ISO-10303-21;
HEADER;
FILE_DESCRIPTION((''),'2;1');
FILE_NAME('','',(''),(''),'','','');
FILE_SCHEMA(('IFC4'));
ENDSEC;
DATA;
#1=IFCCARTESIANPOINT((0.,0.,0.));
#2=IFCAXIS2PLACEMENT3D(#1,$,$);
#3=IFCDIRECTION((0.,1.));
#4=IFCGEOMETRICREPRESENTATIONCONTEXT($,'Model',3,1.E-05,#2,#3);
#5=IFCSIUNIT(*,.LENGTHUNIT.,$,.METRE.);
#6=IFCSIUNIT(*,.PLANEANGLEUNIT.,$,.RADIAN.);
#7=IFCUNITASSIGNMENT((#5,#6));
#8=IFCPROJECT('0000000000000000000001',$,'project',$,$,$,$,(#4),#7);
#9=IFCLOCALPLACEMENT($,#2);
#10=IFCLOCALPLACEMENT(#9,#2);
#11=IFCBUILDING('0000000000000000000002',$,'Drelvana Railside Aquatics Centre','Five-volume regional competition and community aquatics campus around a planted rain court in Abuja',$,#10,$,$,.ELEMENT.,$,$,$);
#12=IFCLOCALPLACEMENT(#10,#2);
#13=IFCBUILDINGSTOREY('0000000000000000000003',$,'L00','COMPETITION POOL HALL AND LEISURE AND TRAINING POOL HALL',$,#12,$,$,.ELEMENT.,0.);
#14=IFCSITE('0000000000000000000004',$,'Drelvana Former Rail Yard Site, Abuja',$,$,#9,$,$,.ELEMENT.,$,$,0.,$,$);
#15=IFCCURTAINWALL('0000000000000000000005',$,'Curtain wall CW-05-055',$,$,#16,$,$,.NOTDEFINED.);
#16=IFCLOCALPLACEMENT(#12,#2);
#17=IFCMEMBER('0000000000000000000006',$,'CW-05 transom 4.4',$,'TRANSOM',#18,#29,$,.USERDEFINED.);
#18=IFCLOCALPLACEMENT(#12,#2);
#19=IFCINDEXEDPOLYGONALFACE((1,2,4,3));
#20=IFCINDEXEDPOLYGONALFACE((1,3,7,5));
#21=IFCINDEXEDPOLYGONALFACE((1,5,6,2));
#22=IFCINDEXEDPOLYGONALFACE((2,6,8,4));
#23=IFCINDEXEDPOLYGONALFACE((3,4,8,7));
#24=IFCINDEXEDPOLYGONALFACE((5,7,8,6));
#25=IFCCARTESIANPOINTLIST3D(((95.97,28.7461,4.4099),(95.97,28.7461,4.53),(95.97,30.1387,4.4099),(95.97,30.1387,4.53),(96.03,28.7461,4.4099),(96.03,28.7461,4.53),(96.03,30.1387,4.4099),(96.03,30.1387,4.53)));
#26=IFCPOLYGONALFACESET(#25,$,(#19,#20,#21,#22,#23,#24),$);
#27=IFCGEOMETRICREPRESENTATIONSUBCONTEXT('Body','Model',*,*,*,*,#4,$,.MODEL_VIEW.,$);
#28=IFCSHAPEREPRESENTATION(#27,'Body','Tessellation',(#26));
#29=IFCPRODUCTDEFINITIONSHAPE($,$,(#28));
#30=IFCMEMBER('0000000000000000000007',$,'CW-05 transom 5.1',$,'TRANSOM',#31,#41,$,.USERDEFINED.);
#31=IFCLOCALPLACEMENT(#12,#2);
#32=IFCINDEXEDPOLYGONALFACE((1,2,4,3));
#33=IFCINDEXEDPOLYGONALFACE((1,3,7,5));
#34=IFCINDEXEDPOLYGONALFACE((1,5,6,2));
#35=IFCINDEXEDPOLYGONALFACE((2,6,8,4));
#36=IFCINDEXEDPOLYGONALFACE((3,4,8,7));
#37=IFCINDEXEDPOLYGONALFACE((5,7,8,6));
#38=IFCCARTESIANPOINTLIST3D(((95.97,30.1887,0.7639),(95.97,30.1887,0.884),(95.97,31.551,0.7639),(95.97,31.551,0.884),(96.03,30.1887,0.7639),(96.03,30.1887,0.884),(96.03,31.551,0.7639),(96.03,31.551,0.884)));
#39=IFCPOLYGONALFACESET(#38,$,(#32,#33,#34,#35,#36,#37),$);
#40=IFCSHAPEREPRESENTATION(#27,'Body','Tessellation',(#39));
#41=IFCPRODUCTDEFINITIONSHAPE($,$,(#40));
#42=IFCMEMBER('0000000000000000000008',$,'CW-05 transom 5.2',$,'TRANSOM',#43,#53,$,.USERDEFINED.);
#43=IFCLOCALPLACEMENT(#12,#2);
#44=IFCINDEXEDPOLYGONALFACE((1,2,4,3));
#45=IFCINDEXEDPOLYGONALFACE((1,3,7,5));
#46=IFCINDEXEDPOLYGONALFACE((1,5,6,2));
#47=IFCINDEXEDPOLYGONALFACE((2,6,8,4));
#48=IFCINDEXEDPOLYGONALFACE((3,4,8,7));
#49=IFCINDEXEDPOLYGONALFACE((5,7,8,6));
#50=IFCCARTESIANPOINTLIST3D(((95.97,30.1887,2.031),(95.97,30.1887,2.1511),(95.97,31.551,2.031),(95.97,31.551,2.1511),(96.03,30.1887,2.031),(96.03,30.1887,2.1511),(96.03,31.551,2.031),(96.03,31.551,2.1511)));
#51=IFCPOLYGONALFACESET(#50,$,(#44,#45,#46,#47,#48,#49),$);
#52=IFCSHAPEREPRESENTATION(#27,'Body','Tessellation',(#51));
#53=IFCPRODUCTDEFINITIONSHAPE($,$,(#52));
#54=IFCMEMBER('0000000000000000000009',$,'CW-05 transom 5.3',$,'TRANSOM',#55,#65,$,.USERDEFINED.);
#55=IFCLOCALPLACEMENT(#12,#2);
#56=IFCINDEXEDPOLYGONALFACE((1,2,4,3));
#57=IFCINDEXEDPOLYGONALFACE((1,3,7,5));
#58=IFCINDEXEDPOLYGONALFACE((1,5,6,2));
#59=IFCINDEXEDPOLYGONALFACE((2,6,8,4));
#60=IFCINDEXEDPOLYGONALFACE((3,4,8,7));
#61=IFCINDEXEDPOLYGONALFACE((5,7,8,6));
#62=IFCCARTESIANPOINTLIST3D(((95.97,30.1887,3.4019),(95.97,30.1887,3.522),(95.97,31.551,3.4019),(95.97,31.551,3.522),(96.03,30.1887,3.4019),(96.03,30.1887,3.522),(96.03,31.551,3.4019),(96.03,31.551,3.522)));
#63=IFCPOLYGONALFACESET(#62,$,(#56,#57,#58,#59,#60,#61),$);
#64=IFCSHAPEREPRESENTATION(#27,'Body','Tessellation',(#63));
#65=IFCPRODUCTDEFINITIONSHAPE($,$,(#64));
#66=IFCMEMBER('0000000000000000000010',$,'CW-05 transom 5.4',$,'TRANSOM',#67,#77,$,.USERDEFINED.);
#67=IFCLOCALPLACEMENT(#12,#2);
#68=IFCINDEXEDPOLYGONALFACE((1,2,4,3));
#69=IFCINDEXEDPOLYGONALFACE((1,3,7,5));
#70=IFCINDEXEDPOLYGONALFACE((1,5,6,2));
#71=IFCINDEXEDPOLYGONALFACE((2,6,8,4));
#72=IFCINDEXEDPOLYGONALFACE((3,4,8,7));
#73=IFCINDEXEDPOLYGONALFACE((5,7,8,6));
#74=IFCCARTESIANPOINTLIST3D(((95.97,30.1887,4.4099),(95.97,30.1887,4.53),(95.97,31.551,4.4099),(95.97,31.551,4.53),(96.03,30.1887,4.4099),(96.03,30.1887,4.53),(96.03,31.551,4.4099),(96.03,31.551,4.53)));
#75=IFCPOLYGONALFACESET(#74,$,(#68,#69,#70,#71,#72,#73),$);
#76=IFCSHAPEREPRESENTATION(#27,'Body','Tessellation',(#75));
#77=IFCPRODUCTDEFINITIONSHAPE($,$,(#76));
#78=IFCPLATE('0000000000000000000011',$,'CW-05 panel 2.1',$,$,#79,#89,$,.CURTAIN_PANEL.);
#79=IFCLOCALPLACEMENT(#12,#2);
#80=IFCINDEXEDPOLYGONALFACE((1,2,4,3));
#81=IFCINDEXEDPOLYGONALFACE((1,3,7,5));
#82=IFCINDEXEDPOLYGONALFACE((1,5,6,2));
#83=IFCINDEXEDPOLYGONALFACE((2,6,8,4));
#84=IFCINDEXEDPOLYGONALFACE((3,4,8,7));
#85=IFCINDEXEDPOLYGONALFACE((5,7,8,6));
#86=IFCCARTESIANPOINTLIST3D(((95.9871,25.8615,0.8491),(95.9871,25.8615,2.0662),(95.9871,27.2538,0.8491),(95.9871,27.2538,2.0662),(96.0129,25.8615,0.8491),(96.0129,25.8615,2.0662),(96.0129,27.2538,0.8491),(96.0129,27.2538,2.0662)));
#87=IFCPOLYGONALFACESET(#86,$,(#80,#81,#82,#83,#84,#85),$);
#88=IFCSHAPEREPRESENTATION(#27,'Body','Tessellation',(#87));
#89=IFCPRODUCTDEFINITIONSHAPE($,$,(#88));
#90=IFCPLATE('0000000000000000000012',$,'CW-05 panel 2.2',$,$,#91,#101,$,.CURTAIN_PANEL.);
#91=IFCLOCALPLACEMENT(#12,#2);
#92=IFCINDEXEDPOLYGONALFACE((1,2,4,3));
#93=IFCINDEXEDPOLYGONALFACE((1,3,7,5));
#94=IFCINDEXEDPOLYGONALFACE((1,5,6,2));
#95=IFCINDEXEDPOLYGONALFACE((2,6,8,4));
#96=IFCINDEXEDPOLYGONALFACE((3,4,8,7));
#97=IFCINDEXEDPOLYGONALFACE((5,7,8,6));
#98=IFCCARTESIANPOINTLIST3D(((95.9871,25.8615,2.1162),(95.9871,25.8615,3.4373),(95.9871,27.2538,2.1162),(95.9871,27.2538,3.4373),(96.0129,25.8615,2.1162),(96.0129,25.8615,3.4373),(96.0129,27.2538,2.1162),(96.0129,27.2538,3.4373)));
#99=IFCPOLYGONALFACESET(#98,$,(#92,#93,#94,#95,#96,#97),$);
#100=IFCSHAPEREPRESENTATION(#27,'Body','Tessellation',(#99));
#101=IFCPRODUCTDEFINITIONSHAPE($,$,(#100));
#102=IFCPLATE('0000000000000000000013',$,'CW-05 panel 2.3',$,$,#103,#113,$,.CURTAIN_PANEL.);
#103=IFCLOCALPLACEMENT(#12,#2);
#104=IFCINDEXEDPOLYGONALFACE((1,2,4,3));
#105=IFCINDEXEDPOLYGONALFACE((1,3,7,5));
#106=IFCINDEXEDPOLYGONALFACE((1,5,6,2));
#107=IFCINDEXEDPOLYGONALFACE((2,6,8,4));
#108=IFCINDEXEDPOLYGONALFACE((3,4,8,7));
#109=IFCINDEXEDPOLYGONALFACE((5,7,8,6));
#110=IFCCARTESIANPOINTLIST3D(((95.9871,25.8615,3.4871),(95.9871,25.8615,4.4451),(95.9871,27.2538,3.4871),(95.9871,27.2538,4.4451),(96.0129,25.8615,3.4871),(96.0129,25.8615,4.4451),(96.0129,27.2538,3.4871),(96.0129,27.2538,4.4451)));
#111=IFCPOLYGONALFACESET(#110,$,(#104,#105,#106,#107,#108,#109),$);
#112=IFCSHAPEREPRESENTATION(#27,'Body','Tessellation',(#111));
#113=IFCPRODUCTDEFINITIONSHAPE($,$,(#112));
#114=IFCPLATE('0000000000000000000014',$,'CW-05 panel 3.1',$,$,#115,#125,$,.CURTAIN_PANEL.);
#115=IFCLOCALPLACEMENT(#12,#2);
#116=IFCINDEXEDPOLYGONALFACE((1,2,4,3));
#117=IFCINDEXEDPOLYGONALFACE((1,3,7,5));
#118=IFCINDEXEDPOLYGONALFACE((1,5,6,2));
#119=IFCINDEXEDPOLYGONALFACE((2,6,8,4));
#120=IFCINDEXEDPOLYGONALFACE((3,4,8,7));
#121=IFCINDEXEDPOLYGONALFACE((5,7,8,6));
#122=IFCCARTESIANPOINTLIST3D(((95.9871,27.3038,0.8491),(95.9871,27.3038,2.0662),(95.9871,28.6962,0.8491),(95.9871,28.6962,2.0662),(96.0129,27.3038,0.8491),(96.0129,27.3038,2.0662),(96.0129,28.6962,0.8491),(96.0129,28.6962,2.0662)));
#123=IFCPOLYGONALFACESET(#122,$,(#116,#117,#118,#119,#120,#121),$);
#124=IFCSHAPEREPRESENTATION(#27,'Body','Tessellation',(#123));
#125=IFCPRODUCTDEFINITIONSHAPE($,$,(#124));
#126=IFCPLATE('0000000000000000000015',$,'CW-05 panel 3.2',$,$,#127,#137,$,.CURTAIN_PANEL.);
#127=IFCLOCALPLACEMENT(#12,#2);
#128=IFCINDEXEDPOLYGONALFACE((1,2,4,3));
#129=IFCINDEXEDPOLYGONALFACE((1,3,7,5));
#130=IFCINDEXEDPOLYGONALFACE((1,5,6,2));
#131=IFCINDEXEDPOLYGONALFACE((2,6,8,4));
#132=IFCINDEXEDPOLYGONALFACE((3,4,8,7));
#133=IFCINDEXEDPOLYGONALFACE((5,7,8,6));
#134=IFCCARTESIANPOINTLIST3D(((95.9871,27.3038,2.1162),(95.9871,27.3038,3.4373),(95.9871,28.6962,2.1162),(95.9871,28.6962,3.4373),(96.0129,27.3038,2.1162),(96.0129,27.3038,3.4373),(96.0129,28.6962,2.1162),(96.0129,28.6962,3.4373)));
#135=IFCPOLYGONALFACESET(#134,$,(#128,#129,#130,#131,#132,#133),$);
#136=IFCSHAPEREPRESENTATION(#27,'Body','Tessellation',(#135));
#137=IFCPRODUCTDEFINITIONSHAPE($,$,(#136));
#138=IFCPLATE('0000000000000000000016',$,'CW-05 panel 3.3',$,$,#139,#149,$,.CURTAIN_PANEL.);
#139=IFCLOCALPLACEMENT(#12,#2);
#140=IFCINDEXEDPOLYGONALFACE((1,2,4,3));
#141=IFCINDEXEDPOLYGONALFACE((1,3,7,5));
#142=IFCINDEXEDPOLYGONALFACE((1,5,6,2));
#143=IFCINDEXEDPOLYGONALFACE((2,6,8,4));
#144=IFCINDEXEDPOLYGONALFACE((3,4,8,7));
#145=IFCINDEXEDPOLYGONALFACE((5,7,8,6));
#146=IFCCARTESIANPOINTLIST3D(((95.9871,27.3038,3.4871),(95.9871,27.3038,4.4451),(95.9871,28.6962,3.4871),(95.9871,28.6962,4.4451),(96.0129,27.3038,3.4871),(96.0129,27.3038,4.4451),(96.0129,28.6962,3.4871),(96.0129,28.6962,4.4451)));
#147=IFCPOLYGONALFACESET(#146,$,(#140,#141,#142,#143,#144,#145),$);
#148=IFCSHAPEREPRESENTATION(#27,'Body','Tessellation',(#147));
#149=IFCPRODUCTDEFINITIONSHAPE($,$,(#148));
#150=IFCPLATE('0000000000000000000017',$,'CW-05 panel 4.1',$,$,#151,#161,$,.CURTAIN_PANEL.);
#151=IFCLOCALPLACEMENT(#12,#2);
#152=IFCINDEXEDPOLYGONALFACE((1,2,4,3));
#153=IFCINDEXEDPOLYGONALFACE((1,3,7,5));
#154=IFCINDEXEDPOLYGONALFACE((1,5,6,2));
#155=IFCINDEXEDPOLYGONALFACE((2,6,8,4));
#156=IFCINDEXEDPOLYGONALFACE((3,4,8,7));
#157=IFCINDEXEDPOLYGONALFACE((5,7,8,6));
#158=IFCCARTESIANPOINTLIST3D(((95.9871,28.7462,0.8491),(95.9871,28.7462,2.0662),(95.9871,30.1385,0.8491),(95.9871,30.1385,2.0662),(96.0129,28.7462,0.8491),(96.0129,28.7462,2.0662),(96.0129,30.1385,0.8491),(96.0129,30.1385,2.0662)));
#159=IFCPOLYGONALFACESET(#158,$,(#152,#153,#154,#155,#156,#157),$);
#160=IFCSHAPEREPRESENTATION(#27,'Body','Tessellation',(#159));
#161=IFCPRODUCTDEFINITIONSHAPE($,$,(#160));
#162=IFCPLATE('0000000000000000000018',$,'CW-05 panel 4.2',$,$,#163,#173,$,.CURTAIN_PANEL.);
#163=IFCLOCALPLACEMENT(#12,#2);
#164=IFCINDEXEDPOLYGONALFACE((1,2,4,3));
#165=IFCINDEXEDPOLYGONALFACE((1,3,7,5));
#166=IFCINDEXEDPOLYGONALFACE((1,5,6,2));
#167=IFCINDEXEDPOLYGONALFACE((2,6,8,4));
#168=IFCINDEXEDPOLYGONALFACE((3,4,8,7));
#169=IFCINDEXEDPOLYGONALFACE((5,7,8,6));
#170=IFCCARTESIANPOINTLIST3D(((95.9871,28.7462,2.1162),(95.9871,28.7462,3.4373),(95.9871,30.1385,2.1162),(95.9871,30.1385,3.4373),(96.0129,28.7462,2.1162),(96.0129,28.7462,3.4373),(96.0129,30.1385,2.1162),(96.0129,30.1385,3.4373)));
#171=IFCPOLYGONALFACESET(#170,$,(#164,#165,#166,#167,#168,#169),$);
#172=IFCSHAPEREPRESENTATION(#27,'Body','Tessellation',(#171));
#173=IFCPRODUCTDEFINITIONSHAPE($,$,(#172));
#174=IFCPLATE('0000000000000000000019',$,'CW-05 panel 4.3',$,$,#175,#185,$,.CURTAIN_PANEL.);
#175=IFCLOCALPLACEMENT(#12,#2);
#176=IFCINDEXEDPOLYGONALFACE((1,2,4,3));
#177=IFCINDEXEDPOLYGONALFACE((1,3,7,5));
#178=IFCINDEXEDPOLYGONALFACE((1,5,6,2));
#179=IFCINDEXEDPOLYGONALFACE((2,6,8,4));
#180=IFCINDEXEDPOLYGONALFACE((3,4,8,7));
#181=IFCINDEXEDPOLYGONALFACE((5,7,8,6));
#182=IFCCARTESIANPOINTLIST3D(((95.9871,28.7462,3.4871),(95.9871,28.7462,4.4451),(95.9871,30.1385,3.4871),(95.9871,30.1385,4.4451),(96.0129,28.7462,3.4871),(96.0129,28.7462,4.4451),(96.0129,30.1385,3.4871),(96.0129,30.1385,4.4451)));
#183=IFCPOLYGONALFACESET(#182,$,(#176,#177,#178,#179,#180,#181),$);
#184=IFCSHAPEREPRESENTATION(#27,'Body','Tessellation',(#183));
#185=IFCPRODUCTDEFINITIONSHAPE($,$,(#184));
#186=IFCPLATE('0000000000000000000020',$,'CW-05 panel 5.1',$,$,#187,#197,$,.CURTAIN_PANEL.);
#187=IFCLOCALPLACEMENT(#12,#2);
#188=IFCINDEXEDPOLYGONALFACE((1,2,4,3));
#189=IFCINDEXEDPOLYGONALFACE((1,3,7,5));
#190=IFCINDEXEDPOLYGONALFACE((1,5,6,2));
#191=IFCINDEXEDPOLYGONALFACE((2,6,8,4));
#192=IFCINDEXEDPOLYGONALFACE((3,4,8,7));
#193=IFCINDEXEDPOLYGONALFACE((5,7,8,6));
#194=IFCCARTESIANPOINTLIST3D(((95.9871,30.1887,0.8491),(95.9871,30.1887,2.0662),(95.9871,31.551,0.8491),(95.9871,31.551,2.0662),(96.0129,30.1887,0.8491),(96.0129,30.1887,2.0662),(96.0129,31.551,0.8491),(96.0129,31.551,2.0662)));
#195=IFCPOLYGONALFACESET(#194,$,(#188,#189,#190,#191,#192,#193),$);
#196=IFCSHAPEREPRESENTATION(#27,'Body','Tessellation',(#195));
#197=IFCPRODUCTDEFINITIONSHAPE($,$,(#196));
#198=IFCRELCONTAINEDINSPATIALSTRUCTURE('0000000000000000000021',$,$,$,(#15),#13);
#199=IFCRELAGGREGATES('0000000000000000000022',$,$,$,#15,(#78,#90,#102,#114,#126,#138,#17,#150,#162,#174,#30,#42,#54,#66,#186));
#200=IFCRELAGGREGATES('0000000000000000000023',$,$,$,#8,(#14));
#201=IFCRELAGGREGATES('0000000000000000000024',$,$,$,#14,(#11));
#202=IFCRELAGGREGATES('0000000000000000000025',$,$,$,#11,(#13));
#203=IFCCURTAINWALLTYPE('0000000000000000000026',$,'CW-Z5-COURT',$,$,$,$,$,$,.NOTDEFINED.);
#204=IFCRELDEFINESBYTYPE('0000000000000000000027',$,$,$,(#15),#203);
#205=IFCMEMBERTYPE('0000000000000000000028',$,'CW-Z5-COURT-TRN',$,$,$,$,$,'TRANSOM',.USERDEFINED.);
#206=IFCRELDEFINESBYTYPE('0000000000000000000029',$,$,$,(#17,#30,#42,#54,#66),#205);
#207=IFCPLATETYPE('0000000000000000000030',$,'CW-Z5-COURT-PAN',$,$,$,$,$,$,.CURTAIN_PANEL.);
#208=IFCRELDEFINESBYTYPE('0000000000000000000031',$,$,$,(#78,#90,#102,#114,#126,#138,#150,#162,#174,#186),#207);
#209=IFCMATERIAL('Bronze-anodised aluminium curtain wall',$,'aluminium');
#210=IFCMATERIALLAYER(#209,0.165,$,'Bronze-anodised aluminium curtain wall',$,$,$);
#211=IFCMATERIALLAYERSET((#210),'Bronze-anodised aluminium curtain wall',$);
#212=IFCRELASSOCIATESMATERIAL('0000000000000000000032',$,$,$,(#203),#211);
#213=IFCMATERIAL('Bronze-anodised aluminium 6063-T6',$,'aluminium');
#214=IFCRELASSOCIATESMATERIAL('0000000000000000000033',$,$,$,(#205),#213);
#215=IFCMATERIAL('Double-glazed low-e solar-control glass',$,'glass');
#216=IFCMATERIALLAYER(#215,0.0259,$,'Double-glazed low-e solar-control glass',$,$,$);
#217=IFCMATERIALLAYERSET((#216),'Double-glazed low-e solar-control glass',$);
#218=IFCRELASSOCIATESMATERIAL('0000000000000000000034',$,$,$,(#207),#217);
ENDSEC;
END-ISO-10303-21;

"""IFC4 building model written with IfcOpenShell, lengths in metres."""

from ifc_helpers import new_model, si_unit, direction, frame, origin, origin_2d, place, context, subcontext, project, spatial, rectangle, extrude, material, layer, layer_set, material_profile, profile_set, type_object, element, aggregate, save


model = new_model("IFC4")

# Units and contexts
model_context = context("Model", 3, precision=1e-05, world=origin(), true_north=direction((0.0, 1.0)))
body_context = subcontext(model_context, "Body", "Model", "MODEL_VIEW")
ifc_project = project(units=[si_unit("LENGTHUNIT", "METRE"), si_unit("PLANEANGLEUNIT", "RADIAN")], contexts=[model_context])

# Site, building, storey
site_placement = place(None, origin())
site = spatial("IfcSite", under=ifc_project, at=site_placement, Name="Drelvana Former Rail Yard Site, Abuja", CompositionType="ELEMENT", RefElevation=0.0)
building_placement = place(site_placement, origin())
building = spatial("IfcBuilding", under=site, at=building_placement, Name="Drelvana Railside Aquatics Centre", Description="Five-volume regional competition and community aquatics campus around a planted rain court in Abuja", CompositionType="ELEMENT")
storey_placement = place(building_placement, origin())
storey = spatial("IfcBuildingStorey", under=building, at=storey_placement, Name="L00", Description="COMPETITION POOL HALL AND LEISURE AND TRAINING POOL HALL", CompositionType="ELEMENT", Elevation=0.0)

# Curtain wall, members, plates
ifc_material_1 = material(Name="Bronze-anodised aluminium curtain wall", Category="aluminium")
ifc_layer_1 = layer(ifc_material_1, 0.165, Name="Bronze-anodised aluminium curtain wall")
ifc_layer_set_1 = layer_set([ifc_layer_1], Name="Bronze-anodised aluminium curtain wall")
curtain_wall_type = type_object("IfcCurtainWallType", Name="CW-Z5-COURT", PredefinedType="NOTDEFINED", material=ifc_layer_set_1)
curtain_wall_placement = place(storey_placement, origin())
curtain_wall = element("IfcCurtainWall", 1, at=curtain_wall_placement, inside=storey, type_object=curtain_wall_type, Name="Curtain wall CW-05-055", PredefinedType="NOTDEFINED")
ifc_material_2 = material(Name="Bronze-anodised aluminium 6063-T6", Category="aluminium")
ifc_material_profile_1 = material_profile(ifc_material_2, rectangle(XDim=0.1201, YDim=0.0601, at=origin_2d()), Name="ALU-T 60x120")
ifc_profile_set_1 = profile_set([ifc_material_profile_1], Name="Bronze-anodised aluminium 6063-T6")
member_type_1 = type_object("IfcMemberType", Name="CW-Z5-COURT-TRN", ElementType="TRANSOM", PredefinedType="USERDEFINED", material=ifc_profile_set_1)
member_1_placement = place(storey_placement, frame((96.0, 28.7461, 4.47), z_axis=(0.0, 1.0, 0.0), x_axis=(0.0, 0.0, 1.0)))
member_1 = element("IfcMember", 2, at=member_1_placement, type_object=member_type_1, Name="CW-05 transom 4.4", ObjectType="TRANSOM", PredefinedType="USERDEFINED", context=body_context, shape_type="SweptSolid", body=[
    extrude(rectangle(XDim=0.1201, YDim=0.0601, at=origin_2d()), origin(), (0.0, 0.0, 1.0), 1.3926),
])
member_2_placement = place(storey_placement, frame((96.0, 30.1887, 0.824), z_axis=(0.0, 1.0, 0.0), x_axis=(0.0, 0.0, 1.0)))
member_2 = element("IfcMember", 3, at=member_2_placement, type_object=member_type_1, Name="CW-05 transom 5.1", ObjectType="TRANSOM", PredefinedType="USERDEFINED", context=body_context, shape_type="SweptSolid", body=[
    extrude(rectangle(XDim=0.1201, YDim=0.0601, at=origin_2d()), origin(), (0.0, 0.0, 1.0), 1.3623),
])
member_3_placement = place(storey_placement, frame((96.0, 30.1887, 2.0911), z_axis=(0.0, 1.0, 0.0), x_axis=(0.0, 0.0, 1.0)))
member_3 = element("IfcMember", 4, at=member_3_placement, type_object=member_type_1, Name="CW-05 transom 5.2", ObjectType="TRANSOM", PredefinedType="USERDEFINED", context=body_context, shape_type="SweptSolid", body=[
    extrude(rectangle(XDim=0.1201, YDim=0.0601, at=origin_2d()), origin(), (0.0, 0.0, 1.0), 1.3623),
])
member_4_placement = place(storey_placement, frame((96.0, 30.1887, 3.4619), z_axis=(0.0, 1.0, 0.0), x_axis=(0.0, 0.0, 1.0)))
member_4 = element("IfcMember", 5, at=member_4_placement, type_object=member_type_1, Name="CW-05 transom 5.3", ObjectType="TRANSOM", PredefinedType="USERDEFINED", context=body_context, shape_type="SweptSolid", body=[
    extrude(rectangle(XDim=0.1201, YDim=0.0601, at=origin_2d()), origin(), (0.0, 0.0, 1.0), 1.3623),
])
member_5_placement = place(storey_placement, frame((96.0, 30.1887, 4.47), z_axis=(0.0, 1.0, 0.0), x_axis=(0.0, 0.0, 1.0)))
member_5 = element("IfcMember", 6, at=member_5_placement, type_object=member_type_1, Name="CW-05 transom 5.4", ObjectType="TRANSOM", PredefinedType="USERDEFINED", context=body_context, shape_type="SweptSolid", body=[
    extrude(rectangle(XDim=0.1201, YDim=0.0601, at=origin_2d()), origin(), (0.0, 0.0, 1.0), 1.3623),
])
ifc_material_3 = material(Name="Double-glazed low-e solar-control glass", Category="glass")
ifc_layer_2 = layer(ifc_material_3, 0.0259, Name="Double-glazed low-e solar-control glass")
ifc_layer_set_2 = layer_set([ifc_layer_2], Name="Double-glazed low-e solar-control glass")
plate_type = type_object("IfcPlateType", Name="CW-Z5-COURT-PAN", PredefinedType="CURTAIN_PANEL", material=ifc_layer_set_2)
plate_1_placement = place(storey_placement, frame((96.0, 26.5576, 0.8491), z_axis=(0.0, 0.0, 1.0), x_axis=(0.0, 1.0, 0.0)))
plate_1 = element("IfcPlate", 7, at=plate_1_placement, type_object=plate_type, Name="CW-05 panel 2.1", PredefinedType="CURTAIN_PANEL", context=body_context, shape_type="SweptSolid", body=[
    extrude(rectangle(XDim=1.3923, YDim=0.0259, at=origin_2d()), origin(), (0.0, 0.0, 1.0), 1.217),
])
plate_2_placement = place(storey_placement, frame((96.0, 26.5576, 2.1162), z_axis=(0.0, 0.0, 1.0), x_axis=(0.0, 1.0, 0.0)))
plate_2 = element("IfcPlate", 8, at=plate_2_placement, type_object=plate_type, Name="CW-05 panel 2.2", PredefinedType="CURTAIN_PANEL", context=body_context, shape_type="SweptSolid", body=[
    extrude(rectangle(XDim=1.3923, YDim=0.0259, at=origin_2d()), origin(), (0.0, 0.0, 1.0), 1.321),
])
plate_3_placement = place(storey_placement, frame((96.0, 26.5576, 3.4871), z_axis=(0.0, 0.0, 1.0), x_axis=(0.0, 1.0, 0.0)))
plate_3 = element("IfcPlate", 9, at=plate_3_placement, type_object=plate_type, Name="CW-05 panel 2.3", PredefinedType="CURTAIN_PANEL", context=body_context, shape_type="SweptSolid", body=[
    extrude(rectangle(XDim=1.3923, YDim=0.0259, at=origin_2d()), origin(), (0.0, 0.0, 1.0), 0.958),
])
plate_4_placement = place(storey_placement, frame((96.0, 28.0, 0.8491), z_axis=(0.0, 0.0, 1.0), x_axis=(0.0, 1.0, 0.0)))
plate_4 = element("IfcPlate", 10, at=plate_4_placement, type_object=plate_type, Name="CW-05 panel 3.1", PredefinedType="CURTAIN_PANEL", context=body_context, shape_type="SweptSolid", body=[
    extrude(rectangle(XDim=1.3923, YDim=0.0259, at=origin_2d()), origin(), (0.0, 0.0, 1.0), 1.217),
])
plate_5_placement = place(storey_placement, frame((96.0, 28.0, 2.1162), z_axis=(0.0, 0.0, 1.0), x_axis=(0.0, 1.0, 0.0)))
plate_5 = element("IfcPlate", 11, at=plate_5_placement, type_object=plate_type, Name="CW-05 panel 3.2", PredefinedType="CURTAIN_PANEL", context=body_context, shape_type="SweptSolid", body=[
    extrude(rectangle(XDim=1.3923, YDim=0.0259, at=origin_2d()), origin(), (0.0, 0.0, 1.0), 1.321),
])
plate_6_placement = place(storey_placement, frame((96.0, 28.0, 3.4871), z_axis=(0.0, 0.0, 1.0), x_axis=(0.0, 1.0, 0.0)))
plate_6 = element("IfcPlate", 12, at=plate_6_placement, type_object=plate_type, Name="CW-05 panel 3.3", PredefinedType="CURTAIN_PANEL", context=body_context, shape_type="SweptSolid", body=[
    extrude(rectangle(XDim=1.3923, YDim=0.0259, at=origin_2d()), origin(), (0.0, 0.0, 1.0), 0.958),
])
plate_7_placement = place(storey_placement, frame((96.0, 29.4424, 0.8491), z_axis=(0.0, 0.0, 1.0), x_axis=(0.0, 1.0, 0.0)))
plate_7 = element("IfcPlate", 13, at=plate_7_placement, type_object=plate_type, Name="CW-05 panel 4.1", PredefinedType="CURTAIN_PANEL", context=body_context, shape_type="SweptSolid", body=[
    extrude(rectangle(XDim=1.3923, YDim=0.0259, at=origin_2d()), origin(), (0.0, 0.0, 1.0), 1.217),
])
plate_8_placement = place(storey_placement, frame((96.0, 29.4424, 2.1162), z_axis=(0.0, 0.0, 1.0), x_axis=(0.0, 1.0, 0.0)))
plate_8 = element("IfcPlate", 14, at=plate_8_placement, type_object=plate_type, Name="CW-05 panel 4.2", PredefinedType="CURTAIN_PANEL", context=body_context, shape_type="SweptSolid", body=[
    extrude(rectangle(XDim=1.3923, YDim=0.0259, at=origin_2d()), origin(), (0.0, 0.0, 1.0), 1.321),
])
plate_9_placement = place(storey_placement, frame((96.0, 29.4424, 3.4871), z_axis=(0.0, 0.0, 1.0), x_axis=(0.0, 1.0, 0.0)))
plate_9 = element("IfcPlate", 15, at=plate_9_placement, type_object=plate_type, Name="CW-05 panel 4.3", PredefinedType="CURTAIN_PANEL", context=body_context, shape_type="SweptSolid", body=[
    extrude(rectangle(XDim=1.3923, YDim=0.0259, at=origin_2d()), origin(), (0.0, 0.0, 1.0), 0.958),
])
plate_10_placement = place(storey_placement, frame((96.0, 30.8699, 0.8491), z_axis=(0.0, 0.0, 1.0), x_axis=(0.0, 1.0, 0.0)))
plate_10 = element("IfcPlate", 16, at=plate_10_placement, type_object=plate_type, Name="CW-05 panel 5.1", PredefinedType="CURTAIN_PANEL", context=body_context, shape_type="SweptSolid", body=[
    extrude(rectangle(XDim=1.3623, YDim=0.0259, at=origin_2d()), origin(), (0.0, 0.0, 1.0), 1.217),
])
aggregate(curtain_wall, [plate_1, plate_2, plate_3, plate_4, plate_5, plate_6, member_1, plate_7, plate_8, plate_9, member_2, member_3, member_4, member_5, plate_10])

save(model, "model.ifc")
